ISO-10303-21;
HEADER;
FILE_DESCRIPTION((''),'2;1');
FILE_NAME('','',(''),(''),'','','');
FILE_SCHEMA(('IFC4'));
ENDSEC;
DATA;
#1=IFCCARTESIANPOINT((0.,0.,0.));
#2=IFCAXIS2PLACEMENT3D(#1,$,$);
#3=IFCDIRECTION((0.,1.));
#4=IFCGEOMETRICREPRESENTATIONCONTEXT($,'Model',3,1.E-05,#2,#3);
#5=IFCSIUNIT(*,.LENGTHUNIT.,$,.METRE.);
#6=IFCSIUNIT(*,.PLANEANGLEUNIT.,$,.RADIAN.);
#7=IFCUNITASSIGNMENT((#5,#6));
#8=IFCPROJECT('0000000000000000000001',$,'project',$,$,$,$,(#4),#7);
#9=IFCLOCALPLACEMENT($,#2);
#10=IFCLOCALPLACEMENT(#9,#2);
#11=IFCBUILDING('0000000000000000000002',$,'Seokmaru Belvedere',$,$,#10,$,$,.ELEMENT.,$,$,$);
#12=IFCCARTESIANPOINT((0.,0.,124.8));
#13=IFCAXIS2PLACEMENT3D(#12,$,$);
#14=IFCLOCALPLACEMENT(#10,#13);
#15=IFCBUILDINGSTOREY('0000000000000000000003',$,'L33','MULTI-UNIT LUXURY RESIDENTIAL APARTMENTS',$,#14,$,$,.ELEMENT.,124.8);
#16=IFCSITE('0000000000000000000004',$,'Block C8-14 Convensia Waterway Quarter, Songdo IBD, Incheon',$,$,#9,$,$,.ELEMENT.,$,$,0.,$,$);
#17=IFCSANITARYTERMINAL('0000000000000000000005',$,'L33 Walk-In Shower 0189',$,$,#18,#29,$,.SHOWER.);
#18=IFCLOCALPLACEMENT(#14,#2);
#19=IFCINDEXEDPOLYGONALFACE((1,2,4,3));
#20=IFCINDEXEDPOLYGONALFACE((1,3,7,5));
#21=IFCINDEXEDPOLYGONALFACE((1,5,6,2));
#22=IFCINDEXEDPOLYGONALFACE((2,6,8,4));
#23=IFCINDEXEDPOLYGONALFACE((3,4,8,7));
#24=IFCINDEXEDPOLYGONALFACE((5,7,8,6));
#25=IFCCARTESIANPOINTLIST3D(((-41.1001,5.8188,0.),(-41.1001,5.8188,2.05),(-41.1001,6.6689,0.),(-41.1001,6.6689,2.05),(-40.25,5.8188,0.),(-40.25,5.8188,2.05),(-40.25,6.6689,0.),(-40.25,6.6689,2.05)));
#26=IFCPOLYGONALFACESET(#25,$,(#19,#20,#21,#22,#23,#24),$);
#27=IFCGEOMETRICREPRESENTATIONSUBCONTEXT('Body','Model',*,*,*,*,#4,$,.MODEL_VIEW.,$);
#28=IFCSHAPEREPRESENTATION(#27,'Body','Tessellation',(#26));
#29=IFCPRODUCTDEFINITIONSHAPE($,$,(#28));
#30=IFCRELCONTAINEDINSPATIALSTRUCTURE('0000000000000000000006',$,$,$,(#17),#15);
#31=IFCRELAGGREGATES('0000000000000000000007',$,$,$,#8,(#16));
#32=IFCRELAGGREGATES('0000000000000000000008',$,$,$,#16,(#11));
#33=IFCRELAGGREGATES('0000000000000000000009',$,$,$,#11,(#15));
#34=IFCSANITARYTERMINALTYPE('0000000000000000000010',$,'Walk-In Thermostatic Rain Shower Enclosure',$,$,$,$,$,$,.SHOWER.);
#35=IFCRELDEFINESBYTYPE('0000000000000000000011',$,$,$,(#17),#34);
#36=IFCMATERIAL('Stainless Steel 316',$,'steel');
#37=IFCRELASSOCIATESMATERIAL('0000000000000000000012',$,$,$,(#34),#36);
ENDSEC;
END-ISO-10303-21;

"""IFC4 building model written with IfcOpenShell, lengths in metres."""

from ifc_helpers import new_model, si_unit, direction, frame, origin, origin_2d, place, context, subcontext, project, spatial, rectangle, extrude, source, transform, mapped, material, type_object, type_shapes, element, save


model = new_model("IFC4")

# Units and contexts
model_context = context("Model", 3, precision=1e-05, world=origin(), true_north=direction((0.0, 1.0)))
body_context = subcontext(model_context, "Body", "Model", "MODEL_VIEW")
ifc_project = project(units=[si_unit("LENGTHUNIT", "METRE"), si_unit("PLANEANGLEUNIT", "RADIAN")], contexts=[model_context])

# Site, building, storey
site_placement = place(None, origin())
site = spatial("IfcSite", under=ifc_project, at=site_placement, Name="Block C8-14 Convensia Waterway Quarter, Songdo IBD, Incheon", CompositionType="ELEMENT", RefElevation=0.0)
building_placement = place(site_placement, origin())
building = spatial("IfcBuilding", under=site, at=building_placement, Name="Seokmaru Belvedere", CompositionType="ELEMENT")
storey_placement = place(building_placement, frame((0.0, 0.0, 124.8)))
storey = spatial("IfcBuildingStorey", under=building, at=storey_placement, Name="L33", Description="MULTI-UNIT LUXURY RESIDENTIAL APARTMENTS", CompositionType="ELEMENT", Elevation=124.8)

# Sanitary terminal
ifc_material_1 = material(Name="Stainless Steel 316", Category="steel")
sanitary_terminal_type_1 = type_object("IfcSanitaryTerminalType", Name="Walk-In Thermostatic Rain Shower Enclosure", PredefinedType="SHOWER", material=ifc_material_1)
shared_shape_1 = source(origin(), body_context, "Body", "SweptSolid", [
    extrude(rectangle(XDim=0.8501, YDim=0.8501, at=origin_2d()), origin(), (0.0, 0.0, 1.0), 2.05),
])
type_shapes(sanitary_terminal_type_1, [shared_shape_1])
sanitary_terminal_1_placement = place(storey_placement, frame((-40.675, 6.2439, 0.0), z_axis=(0.0, 0.0, 1.0), x_axis=(1.0, 0.0, 0.0)))
element("IfcSanitaryTerminal", 1, at=sanitary_terminal_1_placement, inside=storey, type_object=sanitary_terminal_type_1, Name="L33 Walk-In Shower 0189", PredefinedType="SHOWER", context=body_context, shape_type="MappedRepresentation", body=[
    mapped(shared_shape_1, transform((0.0, 0.0, 0.0), scale=1.0)),
])

save(model, "model.ifc")
